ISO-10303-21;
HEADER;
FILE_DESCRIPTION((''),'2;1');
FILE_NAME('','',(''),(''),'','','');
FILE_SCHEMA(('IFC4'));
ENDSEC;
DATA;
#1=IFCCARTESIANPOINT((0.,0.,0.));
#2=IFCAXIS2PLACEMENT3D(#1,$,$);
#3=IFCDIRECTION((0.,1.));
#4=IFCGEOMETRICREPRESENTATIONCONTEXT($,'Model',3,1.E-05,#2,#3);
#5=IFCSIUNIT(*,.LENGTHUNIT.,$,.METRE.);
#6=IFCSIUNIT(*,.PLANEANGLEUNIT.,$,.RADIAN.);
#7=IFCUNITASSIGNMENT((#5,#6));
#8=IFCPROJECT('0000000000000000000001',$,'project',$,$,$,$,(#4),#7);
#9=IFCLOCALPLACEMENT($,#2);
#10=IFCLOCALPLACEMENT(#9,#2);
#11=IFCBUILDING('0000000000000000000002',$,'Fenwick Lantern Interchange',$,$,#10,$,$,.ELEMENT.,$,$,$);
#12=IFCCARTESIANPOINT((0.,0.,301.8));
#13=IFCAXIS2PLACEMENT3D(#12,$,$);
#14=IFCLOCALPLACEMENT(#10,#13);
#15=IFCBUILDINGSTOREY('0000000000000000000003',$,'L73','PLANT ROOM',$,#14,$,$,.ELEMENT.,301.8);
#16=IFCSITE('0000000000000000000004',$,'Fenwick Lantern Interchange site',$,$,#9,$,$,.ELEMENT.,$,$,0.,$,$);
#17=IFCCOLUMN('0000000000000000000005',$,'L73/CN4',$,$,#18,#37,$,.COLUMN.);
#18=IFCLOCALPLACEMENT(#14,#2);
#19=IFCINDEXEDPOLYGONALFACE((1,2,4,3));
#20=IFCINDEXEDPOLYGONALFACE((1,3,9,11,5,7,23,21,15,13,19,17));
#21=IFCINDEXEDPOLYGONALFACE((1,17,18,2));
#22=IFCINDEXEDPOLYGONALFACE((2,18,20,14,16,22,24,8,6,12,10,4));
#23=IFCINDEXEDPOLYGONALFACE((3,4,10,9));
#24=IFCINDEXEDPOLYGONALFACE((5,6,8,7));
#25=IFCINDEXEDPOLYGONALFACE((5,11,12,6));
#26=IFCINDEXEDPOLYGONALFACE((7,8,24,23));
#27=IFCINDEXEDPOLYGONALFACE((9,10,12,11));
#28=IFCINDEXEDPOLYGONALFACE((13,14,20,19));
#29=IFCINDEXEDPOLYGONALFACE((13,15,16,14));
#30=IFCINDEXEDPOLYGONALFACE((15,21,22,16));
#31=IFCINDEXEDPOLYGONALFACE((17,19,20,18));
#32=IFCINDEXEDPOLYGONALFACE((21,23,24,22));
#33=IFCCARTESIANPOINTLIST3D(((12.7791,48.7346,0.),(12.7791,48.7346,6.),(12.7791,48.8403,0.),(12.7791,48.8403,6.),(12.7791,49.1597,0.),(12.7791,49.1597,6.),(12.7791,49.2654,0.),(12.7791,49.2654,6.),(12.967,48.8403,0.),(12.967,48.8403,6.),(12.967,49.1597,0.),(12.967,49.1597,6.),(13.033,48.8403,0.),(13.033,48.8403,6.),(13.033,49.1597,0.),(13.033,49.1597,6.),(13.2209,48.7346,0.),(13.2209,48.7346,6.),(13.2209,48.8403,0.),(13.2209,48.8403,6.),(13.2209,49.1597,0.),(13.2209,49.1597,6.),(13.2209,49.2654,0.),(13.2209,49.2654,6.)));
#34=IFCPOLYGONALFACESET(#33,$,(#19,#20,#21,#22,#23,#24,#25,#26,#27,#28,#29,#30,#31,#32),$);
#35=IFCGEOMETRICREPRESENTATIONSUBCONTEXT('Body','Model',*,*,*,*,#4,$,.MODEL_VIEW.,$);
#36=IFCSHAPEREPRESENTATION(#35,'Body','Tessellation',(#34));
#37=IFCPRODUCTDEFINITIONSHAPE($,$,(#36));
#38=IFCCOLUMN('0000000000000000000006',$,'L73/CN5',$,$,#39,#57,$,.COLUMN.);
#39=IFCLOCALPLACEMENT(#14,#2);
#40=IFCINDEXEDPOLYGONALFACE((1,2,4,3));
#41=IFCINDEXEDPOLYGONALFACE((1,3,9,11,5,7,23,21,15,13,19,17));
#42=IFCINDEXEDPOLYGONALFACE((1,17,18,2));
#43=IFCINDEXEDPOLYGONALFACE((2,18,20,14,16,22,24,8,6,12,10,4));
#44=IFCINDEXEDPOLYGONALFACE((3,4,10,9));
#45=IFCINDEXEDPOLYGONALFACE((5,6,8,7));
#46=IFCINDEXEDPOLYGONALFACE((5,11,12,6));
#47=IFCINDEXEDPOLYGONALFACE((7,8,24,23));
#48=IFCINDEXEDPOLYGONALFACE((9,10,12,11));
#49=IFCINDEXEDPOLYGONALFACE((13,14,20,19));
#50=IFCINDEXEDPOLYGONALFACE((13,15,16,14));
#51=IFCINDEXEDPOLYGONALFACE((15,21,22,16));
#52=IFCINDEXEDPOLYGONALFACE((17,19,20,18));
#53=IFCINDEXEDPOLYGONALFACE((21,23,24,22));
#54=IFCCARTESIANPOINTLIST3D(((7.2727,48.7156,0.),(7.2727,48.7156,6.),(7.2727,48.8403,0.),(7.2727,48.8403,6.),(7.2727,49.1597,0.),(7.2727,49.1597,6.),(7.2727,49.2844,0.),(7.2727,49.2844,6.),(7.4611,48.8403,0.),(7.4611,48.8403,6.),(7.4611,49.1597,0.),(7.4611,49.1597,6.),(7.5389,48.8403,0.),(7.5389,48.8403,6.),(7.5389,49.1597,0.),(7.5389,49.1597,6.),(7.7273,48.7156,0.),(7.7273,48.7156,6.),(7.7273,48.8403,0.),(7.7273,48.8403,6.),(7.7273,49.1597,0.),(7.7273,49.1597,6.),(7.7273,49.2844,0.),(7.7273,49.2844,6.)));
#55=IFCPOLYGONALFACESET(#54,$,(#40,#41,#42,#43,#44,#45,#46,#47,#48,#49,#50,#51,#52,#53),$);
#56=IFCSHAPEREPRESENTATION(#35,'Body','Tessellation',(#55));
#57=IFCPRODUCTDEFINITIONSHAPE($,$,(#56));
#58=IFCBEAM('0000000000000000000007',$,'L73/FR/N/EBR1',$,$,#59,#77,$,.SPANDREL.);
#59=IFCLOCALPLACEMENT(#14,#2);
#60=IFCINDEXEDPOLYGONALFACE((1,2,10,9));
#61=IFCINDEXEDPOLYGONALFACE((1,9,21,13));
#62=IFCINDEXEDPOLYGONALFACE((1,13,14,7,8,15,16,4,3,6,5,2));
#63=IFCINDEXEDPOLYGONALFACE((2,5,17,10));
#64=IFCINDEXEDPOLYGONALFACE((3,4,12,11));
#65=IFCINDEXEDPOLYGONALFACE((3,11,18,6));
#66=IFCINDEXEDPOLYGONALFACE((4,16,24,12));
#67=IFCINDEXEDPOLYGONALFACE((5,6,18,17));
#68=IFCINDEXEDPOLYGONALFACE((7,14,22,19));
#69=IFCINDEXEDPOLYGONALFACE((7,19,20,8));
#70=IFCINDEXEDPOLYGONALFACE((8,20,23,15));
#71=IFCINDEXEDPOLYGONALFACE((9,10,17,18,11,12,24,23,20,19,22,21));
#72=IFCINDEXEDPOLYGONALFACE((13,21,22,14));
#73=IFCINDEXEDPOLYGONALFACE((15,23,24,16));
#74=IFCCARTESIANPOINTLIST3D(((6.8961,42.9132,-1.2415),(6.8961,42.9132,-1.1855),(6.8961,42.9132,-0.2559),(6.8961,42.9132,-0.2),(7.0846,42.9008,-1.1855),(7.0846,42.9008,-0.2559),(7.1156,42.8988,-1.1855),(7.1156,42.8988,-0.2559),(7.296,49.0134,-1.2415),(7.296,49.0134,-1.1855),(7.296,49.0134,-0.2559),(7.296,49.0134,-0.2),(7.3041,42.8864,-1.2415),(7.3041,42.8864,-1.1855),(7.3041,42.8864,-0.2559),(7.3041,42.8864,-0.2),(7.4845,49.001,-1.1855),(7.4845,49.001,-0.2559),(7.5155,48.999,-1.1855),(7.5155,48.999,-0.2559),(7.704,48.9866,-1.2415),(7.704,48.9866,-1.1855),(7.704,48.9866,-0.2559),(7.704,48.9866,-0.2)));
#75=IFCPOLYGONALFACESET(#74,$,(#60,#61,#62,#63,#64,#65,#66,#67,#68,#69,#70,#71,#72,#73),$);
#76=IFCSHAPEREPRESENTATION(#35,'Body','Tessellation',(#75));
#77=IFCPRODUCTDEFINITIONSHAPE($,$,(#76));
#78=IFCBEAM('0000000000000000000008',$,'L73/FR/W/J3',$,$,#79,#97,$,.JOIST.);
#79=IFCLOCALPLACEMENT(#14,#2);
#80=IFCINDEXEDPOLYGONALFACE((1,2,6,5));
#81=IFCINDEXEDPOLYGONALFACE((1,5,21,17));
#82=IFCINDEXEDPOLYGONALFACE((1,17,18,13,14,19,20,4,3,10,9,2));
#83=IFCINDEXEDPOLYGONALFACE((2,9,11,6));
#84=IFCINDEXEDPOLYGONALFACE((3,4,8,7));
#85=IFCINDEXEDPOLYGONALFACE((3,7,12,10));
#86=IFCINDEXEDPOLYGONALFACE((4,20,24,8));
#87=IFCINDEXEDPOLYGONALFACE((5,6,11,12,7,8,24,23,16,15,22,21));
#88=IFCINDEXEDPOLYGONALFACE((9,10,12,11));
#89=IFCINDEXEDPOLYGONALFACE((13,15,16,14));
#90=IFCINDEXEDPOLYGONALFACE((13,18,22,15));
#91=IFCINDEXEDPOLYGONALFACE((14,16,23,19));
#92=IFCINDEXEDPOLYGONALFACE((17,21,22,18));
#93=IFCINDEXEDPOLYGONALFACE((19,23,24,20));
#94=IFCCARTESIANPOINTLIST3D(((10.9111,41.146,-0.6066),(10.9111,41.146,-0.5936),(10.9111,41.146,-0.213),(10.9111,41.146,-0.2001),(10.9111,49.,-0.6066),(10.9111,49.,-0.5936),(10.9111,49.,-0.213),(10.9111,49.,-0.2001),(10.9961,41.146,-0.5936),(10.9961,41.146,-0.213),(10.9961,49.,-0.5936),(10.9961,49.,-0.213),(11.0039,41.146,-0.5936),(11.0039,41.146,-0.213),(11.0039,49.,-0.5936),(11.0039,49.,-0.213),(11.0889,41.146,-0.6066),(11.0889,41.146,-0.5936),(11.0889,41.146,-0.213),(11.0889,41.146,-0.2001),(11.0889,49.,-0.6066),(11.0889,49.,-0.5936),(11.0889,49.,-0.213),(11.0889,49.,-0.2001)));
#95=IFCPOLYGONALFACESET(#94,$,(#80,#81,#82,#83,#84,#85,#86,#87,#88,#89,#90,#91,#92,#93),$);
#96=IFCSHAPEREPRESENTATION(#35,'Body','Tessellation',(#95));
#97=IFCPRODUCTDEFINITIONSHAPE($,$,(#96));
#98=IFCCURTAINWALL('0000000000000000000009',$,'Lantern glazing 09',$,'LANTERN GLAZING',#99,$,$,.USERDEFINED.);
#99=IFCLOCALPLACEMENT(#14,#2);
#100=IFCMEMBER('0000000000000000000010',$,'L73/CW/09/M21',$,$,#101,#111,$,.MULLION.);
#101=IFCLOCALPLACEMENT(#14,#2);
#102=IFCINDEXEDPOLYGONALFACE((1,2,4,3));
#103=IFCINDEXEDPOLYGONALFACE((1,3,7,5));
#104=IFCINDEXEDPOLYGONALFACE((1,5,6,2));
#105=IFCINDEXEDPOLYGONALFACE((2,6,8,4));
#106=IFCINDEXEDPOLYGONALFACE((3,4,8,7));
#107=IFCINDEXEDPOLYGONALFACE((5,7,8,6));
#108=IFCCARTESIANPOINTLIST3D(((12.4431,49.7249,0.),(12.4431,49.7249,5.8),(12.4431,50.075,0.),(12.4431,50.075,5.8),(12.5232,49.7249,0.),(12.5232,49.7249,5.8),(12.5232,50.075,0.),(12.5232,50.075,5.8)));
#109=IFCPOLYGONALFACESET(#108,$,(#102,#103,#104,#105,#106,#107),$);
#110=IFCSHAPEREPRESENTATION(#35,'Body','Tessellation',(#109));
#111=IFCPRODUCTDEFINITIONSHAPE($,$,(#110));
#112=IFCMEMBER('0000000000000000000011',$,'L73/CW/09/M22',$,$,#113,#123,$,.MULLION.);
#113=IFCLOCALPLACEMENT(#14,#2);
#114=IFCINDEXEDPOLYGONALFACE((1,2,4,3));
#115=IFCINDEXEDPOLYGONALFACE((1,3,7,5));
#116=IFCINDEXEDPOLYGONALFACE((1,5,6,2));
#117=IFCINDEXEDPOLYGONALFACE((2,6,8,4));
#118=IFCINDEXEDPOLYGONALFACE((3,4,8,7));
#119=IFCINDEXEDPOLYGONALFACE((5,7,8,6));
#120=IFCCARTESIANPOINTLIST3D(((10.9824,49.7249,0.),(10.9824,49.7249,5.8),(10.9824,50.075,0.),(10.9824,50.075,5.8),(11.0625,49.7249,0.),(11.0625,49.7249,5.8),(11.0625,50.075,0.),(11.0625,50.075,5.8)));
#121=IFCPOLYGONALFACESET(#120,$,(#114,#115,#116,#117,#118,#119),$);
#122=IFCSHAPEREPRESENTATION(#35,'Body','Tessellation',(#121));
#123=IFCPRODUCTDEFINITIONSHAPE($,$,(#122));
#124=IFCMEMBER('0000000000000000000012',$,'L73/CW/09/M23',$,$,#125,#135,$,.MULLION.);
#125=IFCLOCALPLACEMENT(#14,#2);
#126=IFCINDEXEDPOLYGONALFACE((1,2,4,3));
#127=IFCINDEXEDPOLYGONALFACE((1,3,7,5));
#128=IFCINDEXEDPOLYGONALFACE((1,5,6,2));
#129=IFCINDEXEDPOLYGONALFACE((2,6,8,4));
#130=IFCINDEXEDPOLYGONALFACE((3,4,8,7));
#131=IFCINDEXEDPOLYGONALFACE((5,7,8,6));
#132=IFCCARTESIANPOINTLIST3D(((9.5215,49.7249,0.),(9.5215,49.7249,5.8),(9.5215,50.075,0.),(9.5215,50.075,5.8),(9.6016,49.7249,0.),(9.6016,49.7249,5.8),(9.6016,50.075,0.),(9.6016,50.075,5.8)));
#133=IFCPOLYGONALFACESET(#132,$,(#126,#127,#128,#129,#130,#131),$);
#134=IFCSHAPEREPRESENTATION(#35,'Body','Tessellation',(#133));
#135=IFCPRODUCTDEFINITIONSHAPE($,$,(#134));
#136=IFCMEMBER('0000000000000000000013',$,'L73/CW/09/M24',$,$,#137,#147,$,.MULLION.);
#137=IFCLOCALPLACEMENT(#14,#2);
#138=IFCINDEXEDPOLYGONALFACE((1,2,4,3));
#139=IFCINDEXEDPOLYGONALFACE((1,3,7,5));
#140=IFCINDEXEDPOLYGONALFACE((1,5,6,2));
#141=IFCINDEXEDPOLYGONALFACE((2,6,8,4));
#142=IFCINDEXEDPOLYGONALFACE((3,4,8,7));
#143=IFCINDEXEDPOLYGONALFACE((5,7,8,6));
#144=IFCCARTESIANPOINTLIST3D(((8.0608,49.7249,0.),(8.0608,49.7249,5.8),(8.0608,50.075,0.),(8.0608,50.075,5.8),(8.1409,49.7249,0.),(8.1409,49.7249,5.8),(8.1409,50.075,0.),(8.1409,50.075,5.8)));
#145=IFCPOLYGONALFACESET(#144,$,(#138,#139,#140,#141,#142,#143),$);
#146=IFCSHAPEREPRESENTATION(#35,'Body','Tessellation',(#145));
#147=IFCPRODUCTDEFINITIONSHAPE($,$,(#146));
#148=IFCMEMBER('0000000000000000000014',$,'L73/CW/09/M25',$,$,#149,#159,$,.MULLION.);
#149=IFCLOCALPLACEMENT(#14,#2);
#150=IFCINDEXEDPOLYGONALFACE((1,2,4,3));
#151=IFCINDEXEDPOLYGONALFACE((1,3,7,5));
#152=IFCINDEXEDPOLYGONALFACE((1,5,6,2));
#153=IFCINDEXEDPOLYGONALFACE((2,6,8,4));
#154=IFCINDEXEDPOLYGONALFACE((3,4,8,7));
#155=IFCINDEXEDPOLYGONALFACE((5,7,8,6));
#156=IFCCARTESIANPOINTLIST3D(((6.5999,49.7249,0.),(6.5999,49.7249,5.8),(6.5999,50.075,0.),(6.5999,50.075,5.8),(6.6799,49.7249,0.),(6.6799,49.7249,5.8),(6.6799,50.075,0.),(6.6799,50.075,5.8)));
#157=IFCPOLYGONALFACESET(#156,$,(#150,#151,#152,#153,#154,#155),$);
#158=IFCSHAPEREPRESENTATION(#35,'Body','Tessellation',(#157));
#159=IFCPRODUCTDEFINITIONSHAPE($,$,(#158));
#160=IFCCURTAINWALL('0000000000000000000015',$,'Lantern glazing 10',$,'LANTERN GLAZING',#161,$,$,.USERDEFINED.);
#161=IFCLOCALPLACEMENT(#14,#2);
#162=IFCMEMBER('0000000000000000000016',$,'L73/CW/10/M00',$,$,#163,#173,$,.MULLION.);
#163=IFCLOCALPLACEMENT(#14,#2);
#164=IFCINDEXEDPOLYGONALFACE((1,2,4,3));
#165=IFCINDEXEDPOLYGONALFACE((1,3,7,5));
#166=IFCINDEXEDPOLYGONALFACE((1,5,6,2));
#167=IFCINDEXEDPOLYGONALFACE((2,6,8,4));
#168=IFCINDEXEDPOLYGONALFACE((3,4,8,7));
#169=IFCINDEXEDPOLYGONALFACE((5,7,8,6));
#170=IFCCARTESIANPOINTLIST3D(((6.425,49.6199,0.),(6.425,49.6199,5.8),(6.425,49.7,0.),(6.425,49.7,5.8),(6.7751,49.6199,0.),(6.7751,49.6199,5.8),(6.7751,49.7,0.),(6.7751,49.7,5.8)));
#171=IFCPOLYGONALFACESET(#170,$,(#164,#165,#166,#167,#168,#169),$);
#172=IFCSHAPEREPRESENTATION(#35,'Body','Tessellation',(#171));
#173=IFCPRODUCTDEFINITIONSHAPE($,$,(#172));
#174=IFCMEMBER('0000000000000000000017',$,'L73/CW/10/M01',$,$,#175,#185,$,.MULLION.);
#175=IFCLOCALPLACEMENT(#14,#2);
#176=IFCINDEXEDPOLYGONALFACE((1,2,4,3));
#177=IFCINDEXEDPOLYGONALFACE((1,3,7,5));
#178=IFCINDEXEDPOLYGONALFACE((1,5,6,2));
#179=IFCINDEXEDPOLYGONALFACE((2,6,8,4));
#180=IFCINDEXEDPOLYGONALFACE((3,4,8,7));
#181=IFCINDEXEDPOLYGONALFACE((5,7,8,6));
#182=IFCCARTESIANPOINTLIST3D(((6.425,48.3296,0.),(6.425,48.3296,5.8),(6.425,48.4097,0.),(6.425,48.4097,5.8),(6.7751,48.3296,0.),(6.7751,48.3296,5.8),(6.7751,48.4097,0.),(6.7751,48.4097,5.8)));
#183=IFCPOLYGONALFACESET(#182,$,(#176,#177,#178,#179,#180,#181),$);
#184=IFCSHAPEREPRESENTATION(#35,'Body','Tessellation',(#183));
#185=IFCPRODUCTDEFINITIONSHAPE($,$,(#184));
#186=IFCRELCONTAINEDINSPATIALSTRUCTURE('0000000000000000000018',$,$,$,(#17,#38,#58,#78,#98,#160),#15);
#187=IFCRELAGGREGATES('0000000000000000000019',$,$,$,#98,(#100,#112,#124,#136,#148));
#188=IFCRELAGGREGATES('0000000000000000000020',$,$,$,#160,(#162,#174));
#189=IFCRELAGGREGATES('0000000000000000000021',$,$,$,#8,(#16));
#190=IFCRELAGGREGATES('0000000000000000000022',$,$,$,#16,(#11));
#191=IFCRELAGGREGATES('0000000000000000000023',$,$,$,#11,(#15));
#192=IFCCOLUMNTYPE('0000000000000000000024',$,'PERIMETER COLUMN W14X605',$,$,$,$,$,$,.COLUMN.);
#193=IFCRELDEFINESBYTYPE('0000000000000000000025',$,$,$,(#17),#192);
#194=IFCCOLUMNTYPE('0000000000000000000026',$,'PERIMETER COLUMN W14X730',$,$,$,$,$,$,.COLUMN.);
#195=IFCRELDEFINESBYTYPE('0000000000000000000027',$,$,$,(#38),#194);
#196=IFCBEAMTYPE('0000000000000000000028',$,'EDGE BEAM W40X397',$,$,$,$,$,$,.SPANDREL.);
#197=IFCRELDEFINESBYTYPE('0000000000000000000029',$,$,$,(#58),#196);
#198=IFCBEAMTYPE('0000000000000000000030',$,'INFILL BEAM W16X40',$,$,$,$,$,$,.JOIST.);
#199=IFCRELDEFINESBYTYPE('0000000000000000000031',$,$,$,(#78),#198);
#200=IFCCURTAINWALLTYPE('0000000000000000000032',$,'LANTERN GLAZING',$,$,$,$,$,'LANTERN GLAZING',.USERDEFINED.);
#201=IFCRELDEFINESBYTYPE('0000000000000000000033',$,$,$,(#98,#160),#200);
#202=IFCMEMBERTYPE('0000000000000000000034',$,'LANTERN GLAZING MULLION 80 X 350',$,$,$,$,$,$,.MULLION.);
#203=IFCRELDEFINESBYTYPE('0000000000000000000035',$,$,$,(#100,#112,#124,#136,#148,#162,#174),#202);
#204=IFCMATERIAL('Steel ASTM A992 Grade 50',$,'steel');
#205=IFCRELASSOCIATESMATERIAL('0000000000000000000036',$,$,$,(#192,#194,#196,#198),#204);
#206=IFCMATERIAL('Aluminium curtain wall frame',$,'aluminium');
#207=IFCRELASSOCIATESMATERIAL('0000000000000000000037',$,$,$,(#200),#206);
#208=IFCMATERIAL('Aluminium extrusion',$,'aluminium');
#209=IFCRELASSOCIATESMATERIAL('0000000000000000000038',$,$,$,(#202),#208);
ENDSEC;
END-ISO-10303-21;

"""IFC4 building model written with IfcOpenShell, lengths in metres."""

from ifc_helpers import new_model, si_unit, direction, frame, origin, origin_2d, place, context, subcontext, project, spatial, rectangle, i_section, extrude, material, material_profile, profile_set, type_object, element, aggregate, save


model = new_model("IFC4")

# Units and contexts
model_context = context("Model", 3, precision=1e-05, world=origin(), true_north=direction((0.0, 1.0)))
body_context = subcontext(model_context, "Body", "Model", "MODEL_VIEW")
ifc_project = project(units=[si_unit("LENGTHUNIT", "METRE"), si_unit("PLANEANGLEUNIT", "RADIAN")], contexts=[model_context])

# Site, building, storey
site_placement = place(None, origin())
site = spatial("IfcSite", under=ifc_project, at=site_placement, Name="Fenwick Lantern Interchange site", CompositionType="ELEMENT", RefElevation=0.0)
building_placement = place(site_placement, origin())
building = spatial("IfcBuilding", under=site, at=building_placement, Name="Fenwick Lantern Interchange", CompositionType="ELEMENT")
storey_placement = place(building_placement, frame((0.0, 0.0, 301.8)))
storey = spatial("IfcBuildingStorey", under=building, at=storey_placement, Name="L73", Description="PLANT ROOM", CompositionType="ELEMENT", Elevation=301.8)

# Columns
ifc_material_1 = material(Name="Steel ASTM A992 Grade 50", Category="steel")
ifc_material_profile_1 = material_profile(ifc_material_1, i_section(OverallWidth=0.4419, OverallDepth=0.5308, WebThickness=0.0659, FlangeThickness=0.1057, at=origin_2d()), Name="W14X605")
ifc_profile_set_1 = profile_set([ifc_material_profile_1], Name="Steel ASTM A992 Grade 50")
column_type_1 = type_object("IfcColumnType", Name="PERIMETER COLUMN W14X605", PredefinedType="COLUMN", material=ifc_profile_set_1)
column_1_placement = place(storey_placement, frame((13.0, 49.0, 0.0), z_axis=(0.0, 0.0, 1.0), x_axis=(1.0, 0.0, 0.0)))
element("IfcColumn", 1, at=column_1_placement, inside=storey, type_object=column_type_1, Name="L73/CN4", PredefinedType="COLUMN", context=body_context, shape_type="SweptSolid", body=[
    extrude(i_section(OverallWidth=0.4419, OverallDepth=0.5308, WebThickness=0.0659, FlangeThickness=0.1057, at=origin_2d()), origin(), (0.0, 0.0, 1.0), 6.0),
])
ifc_material_profile_2 = material_profile(ifc_material_1, i_section(OverallWidth=0.4546, OverallDepth=0.5688, WebThickness=0.0779, FlangeThickness=0.1248, at=origin_2d()), Name="W14X730")
ifc_profile_set_2 = profile_set([ifc_material_profile_2], Name="Steel ASTM A992 Grade 50")
column_type_2 = type_object("IfcColumnType", Name="PERIMETER COLUMN W14X730", PredefinedType="COLUMN", material=ifc_profile_set_2)
column_2_placement = place(storey_placement, frame((7.5, 49.0, 0.0), z_axis=(0.0, 0.0, 1.0), x_axis=(1.0, 0.0, 0.0)))
element("IfcColumn", 2, at=column_2_placement, inside=storey, type_object=column_type_2, Name="L73/CN5", PredefinedType="COLUMN", context=body_context, shape_type="SweptSolid", body=[
    extrude(i_section(OverallWidth=0.4546, OverallDepth=0.5688, WebThickness=0.0779, FlangeThickness=0.1248, at=origin_2d()), origin(), (0.0, 0.0, 1.0), 6.0),
])

# Beams
ifc_material_profile_3 = material_profile(ifc_material_1, i_section(OverallWidth=0.4089, OverallDepth=1.0415, WebThickness=0.031, FlangeThickness=0.0559, at=origin_2d()), Name="W40X397")
ifc_profile_set_3 = profile_set([ifc_material_profile_3], Name="Steel ASTM A992 Grade 50")
beam_type_1 = type_object("IfcBeamType", Name="EDGE BEAM W40X397", PredefinedType="SPANDREL", material=ifc_profile_set_3)
beam_1_placement = place(storey_placement, frame((7.5, 49.0, -0.7207), z_axis=(-0.065416, -0.997858, 0.0), x_axis=(0.997858, -0.065416, 0.0)))
element("IfcBeam", 3, at=beam_1_placement, inside=storey, type_object=beam_type_1, Name="L73/FR/N/EBR1", PredefinedType="SPANDREL", context=body_context, shape_type="SweptSolid", body=[
    extrude(i_section(OverallWidth=0.4089, OverallDepth=1.0415, WebThickness=0.031, FlangeThickness=0.0559, at=origin_2d()), origin(), (0.0, 0.0, 1.0), 6.1133),
])
ifc_material_profile_4 = material_profile(ifc_material_1, i_section(OverallWidth=0.1777, OverallDepth=0.4065, WebThickness=0.0078, FlangeThickness=0.0129, at=origin_2d()), Name="W16X40")
ifc_profile_set_4 = profile_set([ifc_material_profile_4], Name="Steel ASTM A992 Grade 50")
beam_type_2 = type_object("IfcBeamType", Name="INFILL BEAM W16X40", PredefinedType="JOIST", material=ifc_profile_set_4)
beam_2_placement = place(storey_placement, frame((11.0, 49.0, -0.4033), z_axis=(0.0, -1.0, 0.0), x_axis=(1.0, 0.0, 0.0)))
element("IfcBeam", 4, at=beam_2_placement, inside=storey, type_object=beam_type_2, Name="L73/FR/W/J3", PredefinedType="JOIST", context=body_context, shape_type="SweptSolid", body=[
    extrude(i_section(OverallWidth=0.1777, OverallDepth=0.4065, WebThickness=0.0078, FlangeThickness=0.0129, at=origin_2d()), origin(), (0.0, 0.0, 1.0), 7.854),
])

# Curtain walls, members
ifc_material_2 = material(Name="Aluminium curtain wall frame", Category="aluminium")
curtain_wall_type = type_object("IfcCurtainWallType", Name="LANTERN GLAZING", ElementType="LANTERN GLAZING", PredefinedType="USERDEFINED", material=ifc_material_2)
curtain_wall_1_placement = place(storey_placement, origin())
curtain_wall_1 = element("IfcCurtainWall", 5, at=curtain_wall_1_placement, inside=storey, type_object=curtain_wall_type, Name="Lantern glazing 09", ObjectType="LANTERN GLAZING", PredefinedType="USERDEFINED")
ifc_material_3 = material(Name="Aluminium extrusion", Category="aluminium")
ifc_material_profile_5 = material_profile(ifc_material_3, rectangle(XDim=0.3501, YDim=0.0801, at=origin_2d()), Name="LANTERN GLAZING MULLION 80 X 350")
ifc_profile_set_5 = profile_set([ifc_material_profile_5], Name="Aluminium extrusion")
member_type_1 = type_object("IfcMemberType", Name="LANTERN GLAZING MULLION 80 X 350", PredefinedType="MULLION", material=ifc_profile_set_5)
member_1_placement = place(storey_placement, frame((12.4832, 49.8999, 0.0), z_axis=(0.0, 0.0, 1.0), x_axis=(0.0, -1.0, 0.0)))
member_1 = element("IfcMember", 6, at=member_1_placement, type_object=member_type_1, Name="L73/CW/09/M21", PredefinedType="MULLION", context=body_context, shape_type="SweptSolid", body=[
    extrude(rectangle(XDim=0.3501, YDim=0.0801, at=origin_2d()), origin(), (0.0, 0.0, 1.0), 5.8),
])
member_2_placement = place(storey_placement, frame((11.0225, 49.8999, 0.0), z_axis=(0.0, 0.0, 1.0), x_axis=(0.0, -1.0, 0.0)))
member_2 = element("IfcMember", 7, at=member_2_placement, type_object=member_type_1, Name="L73/CW/09/M22", PredefinedType="MULLION", context=body_context, shape_type="SweptSolid", body=[
    extrude(rectangle(XDim=0.3501, YDim=0.0801, at=origin_2d()), origin(), (0.0, 0.0, 1.0), 5.8),
])
member_3_placement = place(storey_placement, frame((9.5615, 49.8999, 0.0), z_axis=(0.0, 0.0, 1.0), x_axis=(0.0, -1.0, 0.0)))
member_3 = element("IfcMember", 8, at=member_3_placement, type_object=member_type_1, Name="L73/CW/09/M23", PredefinedType="MULLION", context=body_context, shape_type="SweptSolid", body=[
    extrude(rectangle(XDim=0.3501, YDim=0.0801, at=origin_2d()), origin(), (0.0, 0.0, 1.0), 5.8),
])
member_4_placement = place(storey_placement, frame((8.1008, 49.8999, 0.0), z_axis=(0.0, 0.0, 1.0), x_axis=(0.0, -1.0, 0.0)))
member_4 = element("IfcMember", 9, at=member_4_placement, type_object=member_type_1, Name="L73/CW/09/M24", PredefinedType="MULLION", context=body_context, shape_type="SweptSolid", body=[
    extrude(rectangle(XDim=0.3501, YDim=0.0801, at=origin_2d()), origin(), (0.0, 0.0, 1.0), 5.8),
])
member_5_placement = place(storey_placement, frame((6.6399, 49.8999, 0.0), z_axis=(0.0, 0.0, 1.0), x_axis=(0.0, -1.0, 0.0)))
member_5 = element("IfcMember", 10, at=member_5_placement, type_object=member_type_1, Name="L73/CW/09/M25", PredefinedType="MULLION", context=body_context, shape_type="SweptSolid", body=[
    extrude(rectangle(XDim=0.3501, YDim=0.0801, at=origin_2d()), origin(), (0.0, 0.0, 1.0), 5.8),
])
curtain_wall_2_placement = place(storey_placement, origin())
curtain_wall_2 = element("IfcCurtainWall", 11, at=curtain_wall_2_placement, inside=storey, type_object=curtain_wall_type, Name="Lantern glazing 10", ObjectType="LANTERN GLAZING", PredefinedType="USERDEFINED")
member_6_placement = place(storey_placement, frame((6.6001, 49.6599, 0.0), z_axis=(0.0, 0.0, 1.0), x_axis=(1.0, 0.0, 0.0)))
member_6 = element("IfcMember", 12, at=member_6_placement, type_object=member_type_1, Name="L73/CW/10/M00", PredefinedType="MULLION", context=body_context, shape_type="SweptSolid", body=[
    extrude(rectangle(XDim=0.3501, YDim=0.0801, at=origin_2d()), origin(), (0.0, 0.0, 1.0), 5.8),
])
member_7_placement = place(storey_placement, frame((6.6001, 48.3696, 0.0), z_axis=(0.0, 0.0, 1.0), x_axis=(1.0, 0.0, 0.0)))
member_7 = element("IfcMember", 13, at=member_7_placement, type_object=member_type_1, Name="L73/CW/10/M01", PredefinedType="MULLION", context=body_context, shape_type="SweptSolid", body=[
    extrude(rectangle(XDim=0.3501, YDim=0.0801, at=origin_2d()), origin(), (0.0, 0.0, 1.0), 5.8),
])

aggregate(curtain_wall_1, [member_1, member_2, member_3, member_4, member_5])

aggregate(curtain_wall_2, [member_6, member_7])

save(model, "model.ifc")
